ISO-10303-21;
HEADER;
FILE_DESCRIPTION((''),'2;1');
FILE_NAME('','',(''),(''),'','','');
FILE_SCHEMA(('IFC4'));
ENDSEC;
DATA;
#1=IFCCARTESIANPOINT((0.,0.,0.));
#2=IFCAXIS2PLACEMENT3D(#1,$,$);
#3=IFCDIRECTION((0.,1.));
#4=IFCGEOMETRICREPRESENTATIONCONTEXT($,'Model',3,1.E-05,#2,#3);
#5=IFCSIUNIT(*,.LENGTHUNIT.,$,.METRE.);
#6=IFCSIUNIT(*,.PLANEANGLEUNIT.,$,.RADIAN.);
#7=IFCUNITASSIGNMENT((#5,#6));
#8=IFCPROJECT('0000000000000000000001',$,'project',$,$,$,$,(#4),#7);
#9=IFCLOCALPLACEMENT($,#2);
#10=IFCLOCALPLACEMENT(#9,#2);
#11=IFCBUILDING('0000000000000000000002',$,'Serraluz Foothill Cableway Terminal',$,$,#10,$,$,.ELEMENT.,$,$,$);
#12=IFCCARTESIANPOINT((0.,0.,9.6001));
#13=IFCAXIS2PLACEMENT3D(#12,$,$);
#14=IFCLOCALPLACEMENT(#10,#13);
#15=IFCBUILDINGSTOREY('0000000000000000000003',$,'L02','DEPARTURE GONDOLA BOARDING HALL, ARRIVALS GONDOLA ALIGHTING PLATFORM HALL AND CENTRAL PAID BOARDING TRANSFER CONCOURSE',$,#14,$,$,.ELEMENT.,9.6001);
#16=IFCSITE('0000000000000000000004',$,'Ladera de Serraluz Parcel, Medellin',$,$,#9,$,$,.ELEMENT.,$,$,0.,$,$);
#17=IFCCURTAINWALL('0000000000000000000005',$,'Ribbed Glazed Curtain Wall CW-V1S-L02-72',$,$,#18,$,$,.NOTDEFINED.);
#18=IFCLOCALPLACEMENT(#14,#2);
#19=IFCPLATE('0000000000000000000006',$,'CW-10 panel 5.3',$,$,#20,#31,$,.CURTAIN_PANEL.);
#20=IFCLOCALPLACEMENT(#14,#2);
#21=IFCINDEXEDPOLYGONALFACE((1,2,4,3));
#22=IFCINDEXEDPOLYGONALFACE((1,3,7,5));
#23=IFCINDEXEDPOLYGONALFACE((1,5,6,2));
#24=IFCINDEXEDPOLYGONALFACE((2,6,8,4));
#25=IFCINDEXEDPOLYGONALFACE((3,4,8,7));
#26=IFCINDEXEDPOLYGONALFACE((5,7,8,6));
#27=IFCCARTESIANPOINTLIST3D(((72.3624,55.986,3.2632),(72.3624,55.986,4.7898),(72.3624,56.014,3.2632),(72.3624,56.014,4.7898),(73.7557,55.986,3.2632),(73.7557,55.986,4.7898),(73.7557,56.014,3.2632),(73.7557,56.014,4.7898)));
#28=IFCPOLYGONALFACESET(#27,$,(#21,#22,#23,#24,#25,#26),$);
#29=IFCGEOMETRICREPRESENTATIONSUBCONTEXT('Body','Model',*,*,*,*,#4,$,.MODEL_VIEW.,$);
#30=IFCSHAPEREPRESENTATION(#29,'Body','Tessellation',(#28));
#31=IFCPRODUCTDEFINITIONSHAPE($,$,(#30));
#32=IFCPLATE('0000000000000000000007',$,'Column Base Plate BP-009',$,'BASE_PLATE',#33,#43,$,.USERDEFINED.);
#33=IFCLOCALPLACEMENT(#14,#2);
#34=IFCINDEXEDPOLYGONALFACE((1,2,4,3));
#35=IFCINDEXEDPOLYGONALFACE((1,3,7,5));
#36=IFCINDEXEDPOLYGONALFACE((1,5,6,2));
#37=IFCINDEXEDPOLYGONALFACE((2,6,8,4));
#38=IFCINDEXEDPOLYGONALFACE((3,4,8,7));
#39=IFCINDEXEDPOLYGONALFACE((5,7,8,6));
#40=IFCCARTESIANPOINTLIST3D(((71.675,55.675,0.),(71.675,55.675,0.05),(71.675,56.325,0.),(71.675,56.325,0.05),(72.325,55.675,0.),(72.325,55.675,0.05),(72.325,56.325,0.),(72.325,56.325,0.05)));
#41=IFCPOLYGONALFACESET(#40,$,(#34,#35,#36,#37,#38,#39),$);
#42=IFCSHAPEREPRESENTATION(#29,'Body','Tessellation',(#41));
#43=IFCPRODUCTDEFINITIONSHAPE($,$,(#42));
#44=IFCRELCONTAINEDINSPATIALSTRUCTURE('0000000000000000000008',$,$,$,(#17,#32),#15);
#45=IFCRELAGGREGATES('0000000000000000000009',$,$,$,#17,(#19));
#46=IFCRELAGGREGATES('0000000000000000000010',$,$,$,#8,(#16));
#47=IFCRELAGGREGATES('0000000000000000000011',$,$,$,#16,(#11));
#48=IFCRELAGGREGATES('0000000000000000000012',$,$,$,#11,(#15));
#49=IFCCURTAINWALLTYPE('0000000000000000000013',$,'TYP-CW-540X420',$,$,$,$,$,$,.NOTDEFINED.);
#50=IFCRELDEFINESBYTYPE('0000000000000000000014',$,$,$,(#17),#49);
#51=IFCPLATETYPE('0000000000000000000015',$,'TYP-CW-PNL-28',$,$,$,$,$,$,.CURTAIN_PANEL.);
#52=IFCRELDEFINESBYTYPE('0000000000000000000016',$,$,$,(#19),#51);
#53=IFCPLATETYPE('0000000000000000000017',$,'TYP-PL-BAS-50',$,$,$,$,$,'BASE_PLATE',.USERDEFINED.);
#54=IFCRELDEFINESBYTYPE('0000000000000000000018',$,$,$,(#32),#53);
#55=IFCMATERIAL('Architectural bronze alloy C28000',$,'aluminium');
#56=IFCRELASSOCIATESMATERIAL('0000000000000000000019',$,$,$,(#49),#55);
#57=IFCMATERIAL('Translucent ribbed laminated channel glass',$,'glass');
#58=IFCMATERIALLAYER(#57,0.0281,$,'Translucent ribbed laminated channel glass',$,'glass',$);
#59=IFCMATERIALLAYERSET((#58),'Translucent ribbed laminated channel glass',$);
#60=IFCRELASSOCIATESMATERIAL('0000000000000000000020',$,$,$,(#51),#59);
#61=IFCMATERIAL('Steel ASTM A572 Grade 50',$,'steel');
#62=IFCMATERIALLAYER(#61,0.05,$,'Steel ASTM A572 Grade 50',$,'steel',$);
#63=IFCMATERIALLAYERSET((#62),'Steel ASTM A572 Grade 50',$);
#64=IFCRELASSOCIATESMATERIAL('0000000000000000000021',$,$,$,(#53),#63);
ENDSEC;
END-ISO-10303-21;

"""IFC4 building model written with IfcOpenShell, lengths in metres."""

from ifc_helpers import new_model, si_unit, direction, frame, origin, origin_2d, place, context, subcontext, project, spatial, rectangle, extrude, material, layer, layer_set, type_object, element, aggregate, save


model = new_model("IFC4")

# Units and contexts
model_context = context("Model", 3, precision=1e-05, world=origin(), true_north=direction((0.0, 1.0)))
body_context = subcontext(model_context, "Body", "Model", "MODEL_VIEW")
ifc_project = project(units=[si_unit("LENGTHUNIT", "METRE"), si_unit("PLANEANGLEUNIT", "RADIAN")], contexts=[model_context])

# Site, building, storey
site_placement = place(None, origin())
site = spatial("IfcSite", under=ifc_project, at=site_placement, Name="Ladera de Serraluz Parcel, Medellin", CompositionType="ELEMENT", RefElevation=0.0)
building_placement = place(site_placement, origin())
building = spatial("IfcBuilding", under=site, at=building_placement, Name="Serraluz Foothill Cableway Terminal", CompositionType="ELEMENT")
storey_placement = place(building_placement, frame((0.0, 0.0, 9.6001)))
storey = spatial("IfcBuildingStorey", under=building, at=storey_placement, Name="L02", Description="DEPARTURE GONDOLA BOARDING HALL, ARRIVALS GONDOLA ALIGHTING PLATFORM HALL AND CENTRAL PAID BOARDING TRANSFER CONCOURSE", CompositionType="ELEMENT", Elevation=9.6001)

# Curtain wall
ifc_material_1 = material(Name="Architectural bronze alloy C28000", Category="aluminium")
curtain_wall_type_1 = type_object("IfcCurtainWallType", Name="TYP-CW-540X420", PredefinedType="NOTDEFINED", material=ifc_material_1)
curtain_wall_1_placement = place(storey_placement, origin())
curtain_wall_1 = element("IfcCurtainWall", 1, at=curtain_wall_1_placement, inside=storey, type_object=curtain_wall_type_1, Name="Ribbed Glazed Curtain Wall CW-V1S-L02-72", PredefinedType="NOTDEFINED")

# Plates
ifc_material_2 = material(Name="Translucent ribbed laminated channel glass", Category="glass")
ifc_layer_1 = layer(ifc_material_2, 0.0281, Name="Translucent ribbed laminated channel glass", Category="glass")
ifc_layer_set_1 = layer_set([ifc_layer_1], Name="Translucent ribbed laminated channel glass")
plate_type_1 = type_object("IfcPlateType", Name="TYP-CW-PNL-28", PredefinedType="CURTAIN_PANEL", material=ifc_layer_set_1)
plate_1_placement = place(storey_placement, frame((73.0591, 56.0, 3.2632), z_axis=(0.0, 0.0, 1.0), x_axis=(-1.0, 0.0, 0.0)))
plate_1 = element("IfcPlate", 2, at=plate_1_placement, type_object=plate_type_1, Name="CW-10 panel 5.3", PredefinedType="CURTAIN_PANEL", context=body_context, shape_type="SweptSolid", body=[
    extrude(rectangle(XDim=1.3933, YDim=0.0281, at=origin_2d()), origin(), (0.0, 0.0, 1.0), 1.5266),
])
aggregate(curtain_wall_1, [plate_1])
ifc_material_3 = material(Name="Steel ASTM A572 Grade 50", Category="steel")
ifc_layer_2 = layer(ifc_material_3, 0.05, Name="Steel ASTM A572 Grade 50", Category="steel")
ifc_layer_set_2 = layer_set([ifc_layer_2], Name="Steel ASTM A572 Grade 50")
plate_type_2 = type_object("IfcPlateType", Name="TYP-PL-BAS-50", ElementType="BASE_PLATE", PredefinedType="USERDEFINED", material=ifc_layer_set_2)
plate_2_placement = place(storey_placement, frame((72.0, 56.0, 0.0), z_axis=(0.0, 0.0, 1.0), x_axis=(1.0, 0.0, 0.0)))
element("IfcPlate", 3, at=plate_2_placement, inside=storey, type_object=plate_type_2, Name="Column Base Plate BP-009", ObjectType="BASE_PLATE", PredefinedType="USERDEFINED", context=body_context, shape_type="SweptSolid", body=[
    extrude(rectangle(XDim=0.6499, YDim=0.6499, at=origin_2d()), origin(), (0.0, 0.0, 1.0), 0.05),
])

save(model, "model.ifc")
